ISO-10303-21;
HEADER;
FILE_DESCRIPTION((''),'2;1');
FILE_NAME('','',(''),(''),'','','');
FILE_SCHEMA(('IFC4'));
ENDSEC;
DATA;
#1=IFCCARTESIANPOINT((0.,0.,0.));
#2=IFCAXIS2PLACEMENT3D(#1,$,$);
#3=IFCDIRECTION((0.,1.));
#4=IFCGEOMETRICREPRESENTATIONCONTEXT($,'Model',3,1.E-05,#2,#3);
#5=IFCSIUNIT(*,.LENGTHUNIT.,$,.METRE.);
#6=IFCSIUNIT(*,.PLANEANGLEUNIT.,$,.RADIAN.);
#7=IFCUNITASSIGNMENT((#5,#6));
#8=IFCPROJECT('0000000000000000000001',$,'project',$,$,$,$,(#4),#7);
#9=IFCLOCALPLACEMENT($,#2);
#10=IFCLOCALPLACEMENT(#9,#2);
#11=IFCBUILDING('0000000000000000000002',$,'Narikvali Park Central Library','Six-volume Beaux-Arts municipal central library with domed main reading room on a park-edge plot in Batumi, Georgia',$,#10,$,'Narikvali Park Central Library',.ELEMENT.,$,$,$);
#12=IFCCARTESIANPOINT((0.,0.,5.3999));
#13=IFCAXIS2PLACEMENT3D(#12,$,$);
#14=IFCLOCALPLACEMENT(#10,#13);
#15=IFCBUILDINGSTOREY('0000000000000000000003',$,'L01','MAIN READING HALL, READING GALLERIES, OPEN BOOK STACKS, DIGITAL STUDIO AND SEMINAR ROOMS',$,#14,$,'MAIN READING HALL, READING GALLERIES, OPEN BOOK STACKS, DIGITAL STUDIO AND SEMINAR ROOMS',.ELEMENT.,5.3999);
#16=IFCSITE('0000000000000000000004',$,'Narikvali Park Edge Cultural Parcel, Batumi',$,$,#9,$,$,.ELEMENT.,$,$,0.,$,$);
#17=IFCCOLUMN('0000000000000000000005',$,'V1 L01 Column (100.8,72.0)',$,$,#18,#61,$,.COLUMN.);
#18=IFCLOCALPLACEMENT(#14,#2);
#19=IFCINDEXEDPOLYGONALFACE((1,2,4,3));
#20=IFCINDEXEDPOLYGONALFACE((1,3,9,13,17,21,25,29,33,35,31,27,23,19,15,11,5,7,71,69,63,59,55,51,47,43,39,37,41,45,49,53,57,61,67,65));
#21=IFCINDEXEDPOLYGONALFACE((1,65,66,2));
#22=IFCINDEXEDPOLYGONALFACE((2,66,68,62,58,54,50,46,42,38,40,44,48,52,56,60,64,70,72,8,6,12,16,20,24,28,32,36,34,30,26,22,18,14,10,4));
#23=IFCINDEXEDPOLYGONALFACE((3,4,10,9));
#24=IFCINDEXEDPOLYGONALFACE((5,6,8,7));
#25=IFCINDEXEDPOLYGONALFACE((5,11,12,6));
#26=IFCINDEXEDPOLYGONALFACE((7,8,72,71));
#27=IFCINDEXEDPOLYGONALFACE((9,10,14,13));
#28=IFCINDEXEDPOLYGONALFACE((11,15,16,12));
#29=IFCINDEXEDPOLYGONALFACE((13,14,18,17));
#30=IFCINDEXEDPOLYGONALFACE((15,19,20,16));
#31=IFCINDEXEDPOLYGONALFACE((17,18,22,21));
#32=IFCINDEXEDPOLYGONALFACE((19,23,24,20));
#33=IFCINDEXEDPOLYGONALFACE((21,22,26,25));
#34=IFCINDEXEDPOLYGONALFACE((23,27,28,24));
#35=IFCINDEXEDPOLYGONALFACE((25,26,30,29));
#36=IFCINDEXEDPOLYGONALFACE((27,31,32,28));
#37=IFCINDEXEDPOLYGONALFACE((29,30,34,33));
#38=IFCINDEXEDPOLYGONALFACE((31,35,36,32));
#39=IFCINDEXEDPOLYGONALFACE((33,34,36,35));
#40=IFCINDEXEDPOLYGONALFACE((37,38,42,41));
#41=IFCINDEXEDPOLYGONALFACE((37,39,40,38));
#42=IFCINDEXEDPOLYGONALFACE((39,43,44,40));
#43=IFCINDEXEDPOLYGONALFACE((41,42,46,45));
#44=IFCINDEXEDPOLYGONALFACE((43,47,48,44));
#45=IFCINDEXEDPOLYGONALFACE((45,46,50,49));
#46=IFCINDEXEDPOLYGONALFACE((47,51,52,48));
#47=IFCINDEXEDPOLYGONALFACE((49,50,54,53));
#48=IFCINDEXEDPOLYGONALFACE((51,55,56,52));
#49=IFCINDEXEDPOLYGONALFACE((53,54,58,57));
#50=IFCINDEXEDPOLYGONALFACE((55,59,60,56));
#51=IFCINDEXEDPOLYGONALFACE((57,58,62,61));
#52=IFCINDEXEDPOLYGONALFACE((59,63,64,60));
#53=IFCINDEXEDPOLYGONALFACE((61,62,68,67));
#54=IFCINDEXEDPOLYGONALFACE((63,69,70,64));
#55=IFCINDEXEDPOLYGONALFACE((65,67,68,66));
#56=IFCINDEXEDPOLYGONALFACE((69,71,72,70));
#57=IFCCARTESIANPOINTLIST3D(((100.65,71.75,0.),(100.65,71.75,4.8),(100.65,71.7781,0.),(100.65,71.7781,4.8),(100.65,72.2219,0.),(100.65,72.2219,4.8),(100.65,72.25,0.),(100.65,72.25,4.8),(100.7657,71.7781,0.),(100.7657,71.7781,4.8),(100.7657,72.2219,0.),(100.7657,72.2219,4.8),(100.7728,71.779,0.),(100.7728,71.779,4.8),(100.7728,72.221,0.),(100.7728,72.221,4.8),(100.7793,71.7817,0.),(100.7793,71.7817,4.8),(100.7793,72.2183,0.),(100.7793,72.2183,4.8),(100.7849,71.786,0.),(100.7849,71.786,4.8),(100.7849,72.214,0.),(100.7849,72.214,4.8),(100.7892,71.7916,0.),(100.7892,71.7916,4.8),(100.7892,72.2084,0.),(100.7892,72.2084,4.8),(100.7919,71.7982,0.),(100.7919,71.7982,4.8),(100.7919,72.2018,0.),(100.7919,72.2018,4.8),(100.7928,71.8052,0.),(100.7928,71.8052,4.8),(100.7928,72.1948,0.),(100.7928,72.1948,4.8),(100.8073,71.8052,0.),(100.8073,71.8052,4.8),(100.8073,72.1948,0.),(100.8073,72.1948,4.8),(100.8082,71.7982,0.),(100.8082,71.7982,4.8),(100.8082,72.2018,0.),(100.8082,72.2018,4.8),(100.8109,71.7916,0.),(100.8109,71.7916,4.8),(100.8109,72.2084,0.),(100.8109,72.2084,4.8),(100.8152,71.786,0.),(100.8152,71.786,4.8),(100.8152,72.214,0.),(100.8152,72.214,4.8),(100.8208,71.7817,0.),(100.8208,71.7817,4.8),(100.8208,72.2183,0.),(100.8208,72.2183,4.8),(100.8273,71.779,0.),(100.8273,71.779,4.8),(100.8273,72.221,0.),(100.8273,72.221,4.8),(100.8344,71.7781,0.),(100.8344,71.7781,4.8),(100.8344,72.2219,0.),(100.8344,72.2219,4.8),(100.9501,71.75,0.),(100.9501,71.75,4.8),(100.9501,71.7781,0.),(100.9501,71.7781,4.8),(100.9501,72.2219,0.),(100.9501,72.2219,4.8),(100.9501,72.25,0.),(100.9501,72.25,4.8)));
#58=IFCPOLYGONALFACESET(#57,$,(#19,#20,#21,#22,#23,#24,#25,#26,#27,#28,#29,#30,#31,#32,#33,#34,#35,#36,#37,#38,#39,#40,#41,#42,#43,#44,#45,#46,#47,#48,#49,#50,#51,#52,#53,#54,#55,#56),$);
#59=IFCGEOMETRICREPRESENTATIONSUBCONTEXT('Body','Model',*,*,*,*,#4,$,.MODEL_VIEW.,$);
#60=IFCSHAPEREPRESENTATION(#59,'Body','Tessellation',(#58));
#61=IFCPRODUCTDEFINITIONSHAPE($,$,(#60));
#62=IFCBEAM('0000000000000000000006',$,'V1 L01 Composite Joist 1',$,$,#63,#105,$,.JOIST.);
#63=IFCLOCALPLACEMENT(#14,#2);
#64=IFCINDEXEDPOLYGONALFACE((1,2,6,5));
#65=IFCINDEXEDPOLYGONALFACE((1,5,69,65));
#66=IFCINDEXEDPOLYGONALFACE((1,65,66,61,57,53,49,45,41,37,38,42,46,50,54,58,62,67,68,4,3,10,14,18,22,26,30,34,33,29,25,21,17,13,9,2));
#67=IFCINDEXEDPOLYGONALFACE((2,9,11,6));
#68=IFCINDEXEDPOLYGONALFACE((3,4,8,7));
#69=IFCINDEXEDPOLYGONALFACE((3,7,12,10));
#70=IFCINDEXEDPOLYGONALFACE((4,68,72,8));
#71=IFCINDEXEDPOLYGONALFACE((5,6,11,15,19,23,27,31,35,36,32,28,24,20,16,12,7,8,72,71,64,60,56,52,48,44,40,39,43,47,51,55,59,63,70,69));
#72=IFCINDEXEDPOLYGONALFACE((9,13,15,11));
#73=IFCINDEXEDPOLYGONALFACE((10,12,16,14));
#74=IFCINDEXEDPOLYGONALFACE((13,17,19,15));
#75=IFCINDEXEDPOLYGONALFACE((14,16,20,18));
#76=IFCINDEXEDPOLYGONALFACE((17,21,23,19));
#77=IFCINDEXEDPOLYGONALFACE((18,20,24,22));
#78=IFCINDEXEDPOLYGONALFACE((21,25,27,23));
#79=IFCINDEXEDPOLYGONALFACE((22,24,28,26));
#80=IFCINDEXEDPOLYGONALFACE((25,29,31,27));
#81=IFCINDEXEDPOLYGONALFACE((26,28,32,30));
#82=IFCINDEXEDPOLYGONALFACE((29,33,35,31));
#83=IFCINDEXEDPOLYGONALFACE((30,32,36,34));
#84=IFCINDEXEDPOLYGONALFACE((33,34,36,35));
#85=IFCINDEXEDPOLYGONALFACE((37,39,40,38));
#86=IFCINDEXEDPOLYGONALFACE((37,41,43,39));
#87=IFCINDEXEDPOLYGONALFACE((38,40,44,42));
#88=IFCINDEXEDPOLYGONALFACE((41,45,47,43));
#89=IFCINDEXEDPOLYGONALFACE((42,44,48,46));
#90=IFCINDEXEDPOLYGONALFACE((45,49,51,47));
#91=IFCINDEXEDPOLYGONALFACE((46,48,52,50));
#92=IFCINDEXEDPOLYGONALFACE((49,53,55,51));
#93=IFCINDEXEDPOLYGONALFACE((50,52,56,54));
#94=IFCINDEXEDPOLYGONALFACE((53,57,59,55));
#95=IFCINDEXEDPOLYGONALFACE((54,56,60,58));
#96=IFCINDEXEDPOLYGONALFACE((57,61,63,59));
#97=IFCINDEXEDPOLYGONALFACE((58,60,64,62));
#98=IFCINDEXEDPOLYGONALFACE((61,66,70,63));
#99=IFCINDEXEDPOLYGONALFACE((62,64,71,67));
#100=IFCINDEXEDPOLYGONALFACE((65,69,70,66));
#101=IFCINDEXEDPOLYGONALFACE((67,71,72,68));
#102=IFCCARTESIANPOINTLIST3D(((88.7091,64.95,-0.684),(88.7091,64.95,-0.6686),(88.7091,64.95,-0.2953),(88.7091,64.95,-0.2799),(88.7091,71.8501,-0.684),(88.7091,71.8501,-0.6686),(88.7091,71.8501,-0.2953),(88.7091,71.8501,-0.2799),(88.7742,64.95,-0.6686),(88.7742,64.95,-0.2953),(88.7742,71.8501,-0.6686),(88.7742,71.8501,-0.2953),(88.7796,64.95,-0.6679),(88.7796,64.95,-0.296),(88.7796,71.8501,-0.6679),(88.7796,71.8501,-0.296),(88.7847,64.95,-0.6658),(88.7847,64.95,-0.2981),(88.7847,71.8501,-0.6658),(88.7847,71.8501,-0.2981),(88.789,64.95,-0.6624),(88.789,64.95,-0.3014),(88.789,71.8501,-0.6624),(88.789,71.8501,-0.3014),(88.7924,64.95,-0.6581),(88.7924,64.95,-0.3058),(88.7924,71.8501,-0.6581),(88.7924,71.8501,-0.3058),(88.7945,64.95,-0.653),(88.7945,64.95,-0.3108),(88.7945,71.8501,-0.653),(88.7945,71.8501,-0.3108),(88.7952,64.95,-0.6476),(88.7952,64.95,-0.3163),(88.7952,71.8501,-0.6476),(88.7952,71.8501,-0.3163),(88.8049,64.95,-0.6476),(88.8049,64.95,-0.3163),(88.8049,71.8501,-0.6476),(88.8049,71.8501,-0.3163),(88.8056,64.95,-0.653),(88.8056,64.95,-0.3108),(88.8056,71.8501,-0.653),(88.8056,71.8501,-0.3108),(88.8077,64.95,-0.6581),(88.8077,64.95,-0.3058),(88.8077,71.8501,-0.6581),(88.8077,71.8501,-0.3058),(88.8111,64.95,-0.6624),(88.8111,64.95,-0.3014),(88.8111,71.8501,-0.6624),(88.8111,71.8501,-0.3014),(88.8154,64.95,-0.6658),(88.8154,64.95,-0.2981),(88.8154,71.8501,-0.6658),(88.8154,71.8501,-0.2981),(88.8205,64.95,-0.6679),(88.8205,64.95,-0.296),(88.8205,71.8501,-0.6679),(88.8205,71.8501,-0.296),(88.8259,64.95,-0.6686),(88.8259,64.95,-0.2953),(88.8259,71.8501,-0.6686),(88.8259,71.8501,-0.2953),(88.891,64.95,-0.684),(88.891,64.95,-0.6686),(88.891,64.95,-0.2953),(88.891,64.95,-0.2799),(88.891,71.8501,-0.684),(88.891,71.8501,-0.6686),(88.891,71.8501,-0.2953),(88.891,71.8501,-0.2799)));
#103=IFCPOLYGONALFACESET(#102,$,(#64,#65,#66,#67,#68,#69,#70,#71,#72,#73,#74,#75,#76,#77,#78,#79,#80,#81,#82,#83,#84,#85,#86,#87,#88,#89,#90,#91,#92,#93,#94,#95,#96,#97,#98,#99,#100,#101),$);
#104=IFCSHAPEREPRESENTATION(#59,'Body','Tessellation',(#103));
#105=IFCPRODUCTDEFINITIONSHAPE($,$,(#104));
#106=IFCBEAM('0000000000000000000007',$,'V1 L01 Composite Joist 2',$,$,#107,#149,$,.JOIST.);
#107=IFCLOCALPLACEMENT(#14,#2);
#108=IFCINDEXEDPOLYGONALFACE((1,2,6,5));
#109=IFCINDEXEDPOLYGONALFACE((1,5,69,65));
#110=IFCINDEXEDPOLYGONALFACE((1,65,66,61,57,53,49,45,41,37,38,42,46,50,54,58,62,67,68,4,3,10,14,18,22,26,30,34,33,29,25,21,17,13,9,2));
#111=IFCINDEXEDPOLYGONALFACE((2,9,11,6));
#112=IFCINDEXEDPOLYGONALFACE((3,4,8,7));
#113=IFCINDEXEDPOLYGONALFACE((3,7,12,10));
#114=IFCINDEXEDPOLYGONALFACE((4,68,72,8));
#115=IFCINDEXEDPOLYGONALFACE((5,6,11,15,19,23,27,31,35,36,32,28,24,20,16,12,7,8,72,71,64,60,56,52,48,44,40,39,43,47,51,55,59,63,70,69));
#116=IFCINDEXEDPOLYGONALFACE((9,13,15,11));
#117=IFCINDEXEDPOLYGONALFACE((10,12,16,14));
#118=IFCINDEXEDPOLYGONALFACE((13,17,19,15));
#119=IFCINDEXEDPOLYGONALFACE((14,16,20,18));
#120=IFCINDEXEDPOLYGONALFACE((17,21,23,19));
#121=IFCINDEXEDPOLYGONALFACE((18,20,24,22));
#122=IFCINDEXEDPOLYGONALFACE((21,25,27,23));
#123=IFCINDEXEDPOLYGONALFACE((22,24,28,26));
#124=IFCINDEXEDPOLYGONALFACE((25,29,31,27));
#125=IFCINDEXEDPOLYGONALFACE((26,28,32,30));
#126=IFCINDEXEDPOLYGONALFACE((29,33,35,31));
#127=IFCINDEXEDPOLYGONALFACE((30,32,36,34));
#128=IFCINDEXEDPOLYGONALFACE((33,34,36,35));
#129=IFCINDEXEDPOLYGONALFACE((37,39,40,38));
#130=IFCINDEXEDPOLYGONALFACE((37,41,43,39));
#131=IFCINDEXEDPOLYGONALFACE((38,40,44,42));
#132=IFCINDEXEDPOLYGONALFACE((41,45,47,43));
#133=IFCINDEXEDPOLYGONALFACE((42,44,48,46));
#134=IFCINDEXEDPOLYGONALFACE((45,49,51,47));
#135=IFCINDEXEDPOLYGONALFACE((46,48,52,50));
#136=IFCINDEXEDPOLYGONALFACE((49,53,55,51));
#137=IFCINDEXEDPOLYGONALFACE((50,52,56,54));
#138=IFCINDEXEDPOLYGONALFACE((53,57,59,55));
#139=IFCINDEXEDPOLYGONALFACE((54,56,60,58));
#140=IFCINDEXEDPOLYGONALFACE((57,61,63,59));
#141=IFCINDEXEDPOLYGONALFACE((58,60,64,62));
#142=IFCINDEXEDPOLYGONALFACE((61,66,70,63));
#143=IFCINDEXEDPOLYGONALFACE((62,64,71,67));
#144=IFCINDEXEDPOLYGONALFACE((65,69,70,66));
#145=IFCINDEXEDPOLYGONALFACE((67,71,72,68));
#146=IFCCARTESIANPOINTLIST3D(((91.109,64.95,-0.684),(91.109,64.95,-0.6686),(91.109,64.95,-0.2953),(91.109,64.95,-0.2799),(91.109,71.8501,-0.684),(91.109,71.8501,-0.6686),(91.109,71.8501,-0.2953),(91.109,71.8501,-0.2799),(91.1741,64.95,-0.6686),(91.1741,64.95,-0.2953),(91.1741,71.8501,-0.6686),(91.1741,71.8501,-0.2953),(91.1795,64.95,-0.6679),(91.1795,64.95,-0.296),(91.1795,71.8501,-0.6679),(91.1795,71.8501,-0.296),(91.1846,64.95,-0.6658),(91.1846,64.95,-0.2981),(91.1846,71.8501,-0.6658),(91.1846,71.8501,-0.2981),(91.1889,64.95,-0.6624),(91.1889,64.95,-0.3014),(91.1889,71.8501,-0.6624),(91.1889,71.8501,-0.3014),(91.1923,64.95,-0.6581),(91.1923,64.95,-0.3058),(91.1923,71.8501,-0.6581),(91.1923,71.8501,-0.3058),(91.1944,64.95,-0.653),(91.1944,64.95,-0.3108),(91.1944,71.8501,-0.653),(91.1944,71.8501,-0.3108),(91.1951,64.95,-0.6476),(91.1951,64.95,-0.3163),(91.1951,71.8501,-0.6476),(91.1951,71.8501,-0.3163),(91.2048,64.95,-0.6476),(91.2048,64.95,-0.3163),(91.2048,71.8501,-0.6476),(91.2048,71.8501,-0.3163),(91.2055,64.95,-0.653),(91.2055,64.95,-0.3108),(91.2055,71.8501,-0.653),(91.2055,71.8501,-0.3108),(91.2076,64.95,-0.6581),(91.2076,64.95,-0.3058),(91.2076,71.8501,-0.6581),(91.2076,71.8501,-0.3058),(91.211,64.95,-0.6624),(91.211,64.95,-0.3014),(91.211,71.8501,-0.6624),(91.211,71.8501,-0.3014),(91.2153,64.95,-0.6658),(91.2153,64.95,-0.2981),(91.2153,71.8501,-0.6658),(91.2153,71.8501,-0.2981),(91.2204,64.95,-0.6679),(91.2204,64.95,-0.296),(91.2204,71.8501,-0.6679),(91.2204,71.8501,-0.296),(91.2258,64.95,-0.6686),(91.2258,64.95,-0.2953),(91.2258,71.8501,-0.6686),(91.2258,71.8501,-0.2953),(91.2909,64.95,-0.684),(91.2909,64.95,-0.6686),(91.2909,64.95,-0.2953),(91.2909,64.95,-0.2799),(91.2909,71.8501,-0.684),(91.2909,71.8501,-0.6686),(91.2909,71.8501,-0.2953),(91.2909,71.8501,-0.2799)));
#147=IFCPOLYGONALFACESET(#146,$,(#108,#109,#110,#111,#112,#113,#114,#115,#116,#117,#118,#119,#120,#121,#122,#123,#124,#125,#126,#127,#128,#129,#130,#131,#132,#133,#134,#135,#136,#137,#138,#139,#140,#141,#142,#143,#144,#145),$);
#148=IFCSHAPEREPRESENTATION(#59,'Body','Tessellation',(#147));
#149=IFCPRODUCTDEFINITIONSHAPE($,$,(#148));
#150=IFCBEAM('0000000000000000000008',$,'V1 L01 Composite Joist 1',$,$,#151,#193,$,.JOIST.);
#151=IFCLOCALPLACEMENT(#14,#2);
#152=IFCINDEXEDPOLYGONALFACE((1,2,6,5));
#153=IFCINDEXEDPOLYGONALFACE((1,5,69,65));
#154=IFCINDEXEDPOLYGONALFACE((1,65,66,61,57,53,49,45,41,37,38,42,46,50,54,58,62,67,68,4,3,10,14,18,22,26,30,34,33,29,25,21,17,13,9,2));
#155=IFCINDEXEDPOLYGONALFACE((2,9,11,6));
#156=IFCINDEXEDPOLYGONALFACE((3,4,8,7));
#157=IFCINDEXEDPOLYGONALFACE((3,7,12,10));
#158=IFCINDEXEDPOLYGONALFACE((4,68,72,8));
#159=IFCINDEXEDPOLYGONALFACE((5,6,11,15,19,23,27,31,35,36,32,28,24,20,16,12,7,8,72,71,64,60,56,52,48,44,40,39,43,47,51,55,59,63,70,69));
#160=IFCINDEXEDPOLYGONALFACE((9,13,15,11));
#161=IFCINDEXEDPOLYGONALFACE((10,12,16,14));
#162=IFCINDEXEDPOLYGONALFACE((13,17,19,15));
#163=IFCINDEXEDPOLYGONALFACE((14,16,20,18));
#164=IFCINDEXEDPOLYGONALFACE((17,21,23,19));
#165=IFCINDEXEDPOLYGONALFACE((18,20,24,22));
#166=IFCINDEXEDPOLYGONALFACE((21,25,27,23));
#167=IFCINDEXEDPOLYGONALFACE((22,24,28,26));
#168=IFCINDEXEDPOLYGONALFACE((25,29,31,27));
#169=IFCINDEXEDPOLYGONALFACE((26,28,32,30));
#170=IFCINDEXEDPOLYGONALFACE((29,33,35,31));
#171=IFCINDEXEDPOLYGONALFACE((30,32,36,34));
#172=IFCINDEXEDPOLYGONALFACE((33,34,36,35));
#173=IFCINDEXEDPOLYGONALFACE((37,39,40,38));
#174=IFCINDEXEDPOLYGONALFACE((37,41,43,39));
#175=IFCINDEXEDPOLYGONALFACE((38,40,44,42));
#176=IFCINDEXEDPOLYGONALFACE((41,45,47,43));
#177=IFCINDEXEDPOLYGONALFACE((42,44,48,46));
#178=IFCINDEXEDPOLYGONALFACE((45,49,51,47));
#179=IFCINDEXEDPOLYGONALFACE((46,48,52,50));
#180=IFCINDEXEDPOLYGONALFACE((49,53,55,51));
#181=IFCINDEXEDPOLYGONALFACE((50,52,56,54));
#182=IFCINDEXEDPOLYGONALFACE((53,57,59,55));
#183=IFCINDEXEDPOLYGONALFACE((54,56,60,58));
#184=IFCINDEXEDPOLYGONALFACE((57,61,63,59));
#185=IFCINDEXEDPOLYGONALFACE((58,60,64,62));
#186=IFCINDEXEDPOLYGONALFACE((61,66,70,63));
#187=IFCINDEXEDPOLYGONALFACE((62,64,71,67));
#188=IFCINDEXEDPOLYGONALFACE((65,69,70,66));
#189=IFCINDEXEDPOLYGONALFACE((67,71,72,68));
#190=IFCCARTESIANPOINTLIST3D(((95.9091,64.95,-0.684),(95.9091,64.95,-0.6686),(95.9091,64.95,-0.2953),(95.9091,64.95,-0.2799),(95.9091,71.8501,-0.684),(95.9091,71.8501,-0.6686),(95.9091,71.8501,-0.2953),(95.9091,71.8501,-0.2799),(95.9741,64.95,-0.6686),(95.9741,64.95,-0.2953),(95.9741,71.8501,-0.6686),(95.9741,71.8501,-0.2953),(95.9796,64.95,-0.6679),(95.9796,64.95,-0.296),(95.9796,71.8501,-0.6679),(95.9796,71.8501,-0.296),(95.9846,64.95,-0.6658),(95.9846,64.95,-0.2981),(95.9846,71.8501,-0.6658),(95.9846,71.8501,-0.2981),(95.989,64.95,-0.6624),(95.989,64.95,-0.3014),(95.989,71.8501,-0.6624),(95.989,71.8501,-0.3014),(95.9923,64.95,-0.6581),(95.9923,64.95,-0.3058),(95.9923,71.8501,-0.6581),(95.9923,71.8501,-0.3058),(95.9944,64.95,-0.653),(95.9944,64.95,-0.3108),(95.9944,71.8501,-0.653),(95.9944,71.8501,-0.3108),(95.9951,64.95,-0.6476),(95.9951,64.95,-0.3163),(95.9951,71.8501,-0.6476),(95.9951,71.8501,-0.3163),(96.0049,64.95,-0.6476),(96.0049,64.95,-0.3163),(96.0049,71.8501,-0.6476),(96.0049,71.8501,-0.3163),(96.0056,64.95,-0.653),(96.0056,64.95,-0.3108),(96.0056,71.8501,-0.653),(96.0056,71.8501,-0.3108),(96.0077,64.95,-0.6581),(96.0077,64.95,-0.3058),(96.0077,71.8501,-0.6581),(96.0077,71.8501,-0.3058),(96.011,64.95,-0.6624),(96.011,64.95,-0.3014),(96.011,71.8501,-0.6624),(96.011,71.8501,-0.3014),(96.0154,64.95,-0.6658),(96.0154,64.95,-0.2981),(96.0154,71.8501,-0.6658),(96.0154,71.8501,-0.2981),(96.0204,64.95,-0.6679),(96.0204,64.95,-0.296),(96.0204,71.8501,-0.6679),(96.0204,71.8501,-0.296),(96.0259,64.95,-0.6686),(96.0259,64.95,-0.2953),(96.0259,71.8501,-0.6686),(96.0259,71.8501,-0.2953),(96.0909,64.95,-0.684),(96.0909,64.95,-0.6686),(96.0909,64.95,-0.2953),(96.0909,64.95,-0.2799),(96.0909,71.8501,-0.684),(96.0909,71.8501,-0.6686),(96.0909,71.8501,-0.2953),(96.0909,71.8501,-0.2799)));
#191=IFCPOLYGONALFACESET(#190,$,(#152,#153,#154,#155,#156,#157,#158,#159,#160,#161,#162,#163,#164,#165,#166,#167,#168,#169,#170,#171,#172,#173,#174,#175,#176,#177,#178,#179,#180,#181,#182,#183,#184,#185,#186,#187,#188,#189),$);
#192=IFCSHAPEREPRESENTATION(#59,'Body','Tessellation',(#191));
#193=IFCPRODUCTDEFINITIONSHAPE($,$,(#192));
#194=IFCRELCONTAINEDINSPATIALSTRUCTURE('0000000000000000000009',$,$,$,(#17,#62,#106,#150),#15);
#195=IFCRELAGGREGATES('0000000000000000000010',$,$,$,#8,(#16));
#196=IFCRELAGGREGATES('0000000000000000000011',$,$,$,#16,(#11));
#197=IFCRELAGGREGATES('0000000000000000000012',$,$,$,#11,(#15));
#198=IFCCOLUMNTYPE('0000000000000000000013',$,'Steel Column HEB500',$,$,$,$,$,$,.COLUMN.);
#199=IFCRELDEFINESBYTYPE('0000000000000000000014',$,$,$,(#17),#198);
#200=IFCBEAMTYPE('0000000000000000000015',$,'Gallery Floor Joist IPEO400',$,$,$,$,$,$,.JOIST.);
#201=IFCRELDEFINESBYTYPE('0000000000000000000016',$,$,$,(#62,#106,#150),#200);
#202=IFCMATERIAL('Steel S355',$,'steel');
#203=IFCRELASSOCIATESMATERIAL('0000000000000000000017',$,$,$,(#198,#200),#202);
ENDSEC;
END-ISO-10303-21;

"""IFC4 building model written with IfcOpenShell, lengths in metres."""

from ifc_helpers import new_model, si_unit, direction, frame, origin, origin_2d, place, context, subcontext, project, spatial, i_section, extrude, material, material_profile, profile_set, type_object, element, save


model = new_model("IFC4")

# Units and contexts
model_context = context("Model", 3, precision=1e-05, world=origin(), true_north=direction((0.0, 1.0)))
body_context = subcontext(model_context, "Body", "Model", "MODEL_VIEW")
ifc_project = project(units=[si_unit("LENGTHUNIT", "METRE"), si_unit("PLANEANGLEUNIT", "RADIAN")], contexts=[model_context])

# Site, building, storey
site_placement = place(None, origin())
site = spatial("IfcSite", under=ifc_project, at=site_placement, Name="Narikvali Park Edge Cultural Parcel, Batumi", CompositionType="ELEMENT", RefElevation=0.0)
building_placement = place(site_placement, origin())
building = spatial("IfcBuilding", under=site, at=building_placement, Name="Narikvali Park Central Library", Description="Six-volume Beaux-Arts municipal central library with domed main reading room on a park-edge plot in Batumi, Georgia", LongName="Narikvali Park Central Library", CompositionType="ELEMENT")
storey_placement = place(building_placement, frame((0.0, 0.0, 5.3999)))
storey = spatial("IfcBuildingStorey", under=building, at=storey_placement, Name="L01", Description="MAIN READING HALL, READING GALLERIES, OPEN BOOK STACKS, DIGITAL STUDIO AND SEMINAR ROOMS", LongName="MAIN READING HALL, READING GALLERIES, OPEN BOOK STACKS, DIGITAL STUDIO AND SEMINAR ROOMS", CompositionType="ELEMENT", Elevation=5.3999)

# Column
ifc_material_1 = material(Name="Steel S355", Category="steel")
ifc_material_profile_1 = material_profile(ifc_material_1, i_section(OverallWidth=0.3, OverallDepth=0.5, WebThickness=0.0144, FlangeThickness=0.0281, FilletRadius=0.0271, at=origin_2d()), Name="HEB 500")
ifc_profile_set_1 = profile_set([ifc_material_profile_1], Name="Steel S355")
column_type_1 = type_object("IfcColumnType", Name="Steel Column HEB500", PredefinedType="COLUMN", material=ifc_profile_set_1)
for number, where, z_axis, x_axis, name in (
    (1, (100.8, 72.0, 0.0), (0.0, 0.0, 1.0), (1.0, 0.0, 0.0), "V1 L01 Column (100.8,72.0)"),
):
    element("IfcColumn", number, at=place(storey_placement, frame(where, z_axis=z_axis, x_axis=x_axis)), inside=storey, type_object=column_type_1, Name=name, PredefinedType="COLUMN", context=body_context, shape_type="SweptSolid", body=[
        extrude(i_section(OverallWidth=0.3, OverallDepth=0.5, WebThickness=0.0144, FlangeThickness=0.0281, FilletRadius=0.0271, at=origin_2d()), origin(), (0.0, 0.0, 1.0), 4.8),
    ])

# Beams
ifc_material_profile_2 = material_profile(ifc_material_1, i_section(OverallWidth=0.1819, OverallDepth=0.4041, WebThickness=0.0098, FlangeThickness=0.0154, FilletRadius=0.021, at=origin_2d()), Name="IPEO 400")
ifc_profile_set_2 = profile_set([ifc_material_profile_2], Name="Steel S355")
beam_type_1 = type_object("IfcBeamType", Name="Gallery Floor Joist IPEO400", PredefinedType="JOIST", material=ifc_profile_set_2)
for number, where, z_axis, x_axis, name in (
    (2, (88.8, 64.95, -0.4819), (0.0, 1.0, 0.0), (-1.0, 0.0, 0.0), "V1 L01 Composite Joist 1"),
    (3, (91.2, 64.95, -0.4819), (0.0, 1.0, 0.0), (-1.0, 0.0, 0.0), "V1 L01 Composite Joist 2"),
    (4, (96.0, 64.95, -0.4819), (0.0, 1.0, 0.0), (-1.0, 0.0, 0.0), "V1 L01 Composite Joist 1"),
):
    element("IfcBeam", number, at=place(storey_placement, frame(where, z_axis=z_axis, x_axis=x_axis)), inside=storey, type_object=beam_type_1, Name=name, PredefinedType="JOIST", context=body_context, shape_type="SweptSolid", body=[
        extrude(i_section(OverallWidth=0.1819, OverallDepth=0.4041, WebThickness=0.0098, FlangeThickness=0.0154, FilletRadius=0.021, at=origin_2d()), origin(), (0.0, 0.0, 1.0), 6.9001),
    ])

save(model, "model.ifc")
